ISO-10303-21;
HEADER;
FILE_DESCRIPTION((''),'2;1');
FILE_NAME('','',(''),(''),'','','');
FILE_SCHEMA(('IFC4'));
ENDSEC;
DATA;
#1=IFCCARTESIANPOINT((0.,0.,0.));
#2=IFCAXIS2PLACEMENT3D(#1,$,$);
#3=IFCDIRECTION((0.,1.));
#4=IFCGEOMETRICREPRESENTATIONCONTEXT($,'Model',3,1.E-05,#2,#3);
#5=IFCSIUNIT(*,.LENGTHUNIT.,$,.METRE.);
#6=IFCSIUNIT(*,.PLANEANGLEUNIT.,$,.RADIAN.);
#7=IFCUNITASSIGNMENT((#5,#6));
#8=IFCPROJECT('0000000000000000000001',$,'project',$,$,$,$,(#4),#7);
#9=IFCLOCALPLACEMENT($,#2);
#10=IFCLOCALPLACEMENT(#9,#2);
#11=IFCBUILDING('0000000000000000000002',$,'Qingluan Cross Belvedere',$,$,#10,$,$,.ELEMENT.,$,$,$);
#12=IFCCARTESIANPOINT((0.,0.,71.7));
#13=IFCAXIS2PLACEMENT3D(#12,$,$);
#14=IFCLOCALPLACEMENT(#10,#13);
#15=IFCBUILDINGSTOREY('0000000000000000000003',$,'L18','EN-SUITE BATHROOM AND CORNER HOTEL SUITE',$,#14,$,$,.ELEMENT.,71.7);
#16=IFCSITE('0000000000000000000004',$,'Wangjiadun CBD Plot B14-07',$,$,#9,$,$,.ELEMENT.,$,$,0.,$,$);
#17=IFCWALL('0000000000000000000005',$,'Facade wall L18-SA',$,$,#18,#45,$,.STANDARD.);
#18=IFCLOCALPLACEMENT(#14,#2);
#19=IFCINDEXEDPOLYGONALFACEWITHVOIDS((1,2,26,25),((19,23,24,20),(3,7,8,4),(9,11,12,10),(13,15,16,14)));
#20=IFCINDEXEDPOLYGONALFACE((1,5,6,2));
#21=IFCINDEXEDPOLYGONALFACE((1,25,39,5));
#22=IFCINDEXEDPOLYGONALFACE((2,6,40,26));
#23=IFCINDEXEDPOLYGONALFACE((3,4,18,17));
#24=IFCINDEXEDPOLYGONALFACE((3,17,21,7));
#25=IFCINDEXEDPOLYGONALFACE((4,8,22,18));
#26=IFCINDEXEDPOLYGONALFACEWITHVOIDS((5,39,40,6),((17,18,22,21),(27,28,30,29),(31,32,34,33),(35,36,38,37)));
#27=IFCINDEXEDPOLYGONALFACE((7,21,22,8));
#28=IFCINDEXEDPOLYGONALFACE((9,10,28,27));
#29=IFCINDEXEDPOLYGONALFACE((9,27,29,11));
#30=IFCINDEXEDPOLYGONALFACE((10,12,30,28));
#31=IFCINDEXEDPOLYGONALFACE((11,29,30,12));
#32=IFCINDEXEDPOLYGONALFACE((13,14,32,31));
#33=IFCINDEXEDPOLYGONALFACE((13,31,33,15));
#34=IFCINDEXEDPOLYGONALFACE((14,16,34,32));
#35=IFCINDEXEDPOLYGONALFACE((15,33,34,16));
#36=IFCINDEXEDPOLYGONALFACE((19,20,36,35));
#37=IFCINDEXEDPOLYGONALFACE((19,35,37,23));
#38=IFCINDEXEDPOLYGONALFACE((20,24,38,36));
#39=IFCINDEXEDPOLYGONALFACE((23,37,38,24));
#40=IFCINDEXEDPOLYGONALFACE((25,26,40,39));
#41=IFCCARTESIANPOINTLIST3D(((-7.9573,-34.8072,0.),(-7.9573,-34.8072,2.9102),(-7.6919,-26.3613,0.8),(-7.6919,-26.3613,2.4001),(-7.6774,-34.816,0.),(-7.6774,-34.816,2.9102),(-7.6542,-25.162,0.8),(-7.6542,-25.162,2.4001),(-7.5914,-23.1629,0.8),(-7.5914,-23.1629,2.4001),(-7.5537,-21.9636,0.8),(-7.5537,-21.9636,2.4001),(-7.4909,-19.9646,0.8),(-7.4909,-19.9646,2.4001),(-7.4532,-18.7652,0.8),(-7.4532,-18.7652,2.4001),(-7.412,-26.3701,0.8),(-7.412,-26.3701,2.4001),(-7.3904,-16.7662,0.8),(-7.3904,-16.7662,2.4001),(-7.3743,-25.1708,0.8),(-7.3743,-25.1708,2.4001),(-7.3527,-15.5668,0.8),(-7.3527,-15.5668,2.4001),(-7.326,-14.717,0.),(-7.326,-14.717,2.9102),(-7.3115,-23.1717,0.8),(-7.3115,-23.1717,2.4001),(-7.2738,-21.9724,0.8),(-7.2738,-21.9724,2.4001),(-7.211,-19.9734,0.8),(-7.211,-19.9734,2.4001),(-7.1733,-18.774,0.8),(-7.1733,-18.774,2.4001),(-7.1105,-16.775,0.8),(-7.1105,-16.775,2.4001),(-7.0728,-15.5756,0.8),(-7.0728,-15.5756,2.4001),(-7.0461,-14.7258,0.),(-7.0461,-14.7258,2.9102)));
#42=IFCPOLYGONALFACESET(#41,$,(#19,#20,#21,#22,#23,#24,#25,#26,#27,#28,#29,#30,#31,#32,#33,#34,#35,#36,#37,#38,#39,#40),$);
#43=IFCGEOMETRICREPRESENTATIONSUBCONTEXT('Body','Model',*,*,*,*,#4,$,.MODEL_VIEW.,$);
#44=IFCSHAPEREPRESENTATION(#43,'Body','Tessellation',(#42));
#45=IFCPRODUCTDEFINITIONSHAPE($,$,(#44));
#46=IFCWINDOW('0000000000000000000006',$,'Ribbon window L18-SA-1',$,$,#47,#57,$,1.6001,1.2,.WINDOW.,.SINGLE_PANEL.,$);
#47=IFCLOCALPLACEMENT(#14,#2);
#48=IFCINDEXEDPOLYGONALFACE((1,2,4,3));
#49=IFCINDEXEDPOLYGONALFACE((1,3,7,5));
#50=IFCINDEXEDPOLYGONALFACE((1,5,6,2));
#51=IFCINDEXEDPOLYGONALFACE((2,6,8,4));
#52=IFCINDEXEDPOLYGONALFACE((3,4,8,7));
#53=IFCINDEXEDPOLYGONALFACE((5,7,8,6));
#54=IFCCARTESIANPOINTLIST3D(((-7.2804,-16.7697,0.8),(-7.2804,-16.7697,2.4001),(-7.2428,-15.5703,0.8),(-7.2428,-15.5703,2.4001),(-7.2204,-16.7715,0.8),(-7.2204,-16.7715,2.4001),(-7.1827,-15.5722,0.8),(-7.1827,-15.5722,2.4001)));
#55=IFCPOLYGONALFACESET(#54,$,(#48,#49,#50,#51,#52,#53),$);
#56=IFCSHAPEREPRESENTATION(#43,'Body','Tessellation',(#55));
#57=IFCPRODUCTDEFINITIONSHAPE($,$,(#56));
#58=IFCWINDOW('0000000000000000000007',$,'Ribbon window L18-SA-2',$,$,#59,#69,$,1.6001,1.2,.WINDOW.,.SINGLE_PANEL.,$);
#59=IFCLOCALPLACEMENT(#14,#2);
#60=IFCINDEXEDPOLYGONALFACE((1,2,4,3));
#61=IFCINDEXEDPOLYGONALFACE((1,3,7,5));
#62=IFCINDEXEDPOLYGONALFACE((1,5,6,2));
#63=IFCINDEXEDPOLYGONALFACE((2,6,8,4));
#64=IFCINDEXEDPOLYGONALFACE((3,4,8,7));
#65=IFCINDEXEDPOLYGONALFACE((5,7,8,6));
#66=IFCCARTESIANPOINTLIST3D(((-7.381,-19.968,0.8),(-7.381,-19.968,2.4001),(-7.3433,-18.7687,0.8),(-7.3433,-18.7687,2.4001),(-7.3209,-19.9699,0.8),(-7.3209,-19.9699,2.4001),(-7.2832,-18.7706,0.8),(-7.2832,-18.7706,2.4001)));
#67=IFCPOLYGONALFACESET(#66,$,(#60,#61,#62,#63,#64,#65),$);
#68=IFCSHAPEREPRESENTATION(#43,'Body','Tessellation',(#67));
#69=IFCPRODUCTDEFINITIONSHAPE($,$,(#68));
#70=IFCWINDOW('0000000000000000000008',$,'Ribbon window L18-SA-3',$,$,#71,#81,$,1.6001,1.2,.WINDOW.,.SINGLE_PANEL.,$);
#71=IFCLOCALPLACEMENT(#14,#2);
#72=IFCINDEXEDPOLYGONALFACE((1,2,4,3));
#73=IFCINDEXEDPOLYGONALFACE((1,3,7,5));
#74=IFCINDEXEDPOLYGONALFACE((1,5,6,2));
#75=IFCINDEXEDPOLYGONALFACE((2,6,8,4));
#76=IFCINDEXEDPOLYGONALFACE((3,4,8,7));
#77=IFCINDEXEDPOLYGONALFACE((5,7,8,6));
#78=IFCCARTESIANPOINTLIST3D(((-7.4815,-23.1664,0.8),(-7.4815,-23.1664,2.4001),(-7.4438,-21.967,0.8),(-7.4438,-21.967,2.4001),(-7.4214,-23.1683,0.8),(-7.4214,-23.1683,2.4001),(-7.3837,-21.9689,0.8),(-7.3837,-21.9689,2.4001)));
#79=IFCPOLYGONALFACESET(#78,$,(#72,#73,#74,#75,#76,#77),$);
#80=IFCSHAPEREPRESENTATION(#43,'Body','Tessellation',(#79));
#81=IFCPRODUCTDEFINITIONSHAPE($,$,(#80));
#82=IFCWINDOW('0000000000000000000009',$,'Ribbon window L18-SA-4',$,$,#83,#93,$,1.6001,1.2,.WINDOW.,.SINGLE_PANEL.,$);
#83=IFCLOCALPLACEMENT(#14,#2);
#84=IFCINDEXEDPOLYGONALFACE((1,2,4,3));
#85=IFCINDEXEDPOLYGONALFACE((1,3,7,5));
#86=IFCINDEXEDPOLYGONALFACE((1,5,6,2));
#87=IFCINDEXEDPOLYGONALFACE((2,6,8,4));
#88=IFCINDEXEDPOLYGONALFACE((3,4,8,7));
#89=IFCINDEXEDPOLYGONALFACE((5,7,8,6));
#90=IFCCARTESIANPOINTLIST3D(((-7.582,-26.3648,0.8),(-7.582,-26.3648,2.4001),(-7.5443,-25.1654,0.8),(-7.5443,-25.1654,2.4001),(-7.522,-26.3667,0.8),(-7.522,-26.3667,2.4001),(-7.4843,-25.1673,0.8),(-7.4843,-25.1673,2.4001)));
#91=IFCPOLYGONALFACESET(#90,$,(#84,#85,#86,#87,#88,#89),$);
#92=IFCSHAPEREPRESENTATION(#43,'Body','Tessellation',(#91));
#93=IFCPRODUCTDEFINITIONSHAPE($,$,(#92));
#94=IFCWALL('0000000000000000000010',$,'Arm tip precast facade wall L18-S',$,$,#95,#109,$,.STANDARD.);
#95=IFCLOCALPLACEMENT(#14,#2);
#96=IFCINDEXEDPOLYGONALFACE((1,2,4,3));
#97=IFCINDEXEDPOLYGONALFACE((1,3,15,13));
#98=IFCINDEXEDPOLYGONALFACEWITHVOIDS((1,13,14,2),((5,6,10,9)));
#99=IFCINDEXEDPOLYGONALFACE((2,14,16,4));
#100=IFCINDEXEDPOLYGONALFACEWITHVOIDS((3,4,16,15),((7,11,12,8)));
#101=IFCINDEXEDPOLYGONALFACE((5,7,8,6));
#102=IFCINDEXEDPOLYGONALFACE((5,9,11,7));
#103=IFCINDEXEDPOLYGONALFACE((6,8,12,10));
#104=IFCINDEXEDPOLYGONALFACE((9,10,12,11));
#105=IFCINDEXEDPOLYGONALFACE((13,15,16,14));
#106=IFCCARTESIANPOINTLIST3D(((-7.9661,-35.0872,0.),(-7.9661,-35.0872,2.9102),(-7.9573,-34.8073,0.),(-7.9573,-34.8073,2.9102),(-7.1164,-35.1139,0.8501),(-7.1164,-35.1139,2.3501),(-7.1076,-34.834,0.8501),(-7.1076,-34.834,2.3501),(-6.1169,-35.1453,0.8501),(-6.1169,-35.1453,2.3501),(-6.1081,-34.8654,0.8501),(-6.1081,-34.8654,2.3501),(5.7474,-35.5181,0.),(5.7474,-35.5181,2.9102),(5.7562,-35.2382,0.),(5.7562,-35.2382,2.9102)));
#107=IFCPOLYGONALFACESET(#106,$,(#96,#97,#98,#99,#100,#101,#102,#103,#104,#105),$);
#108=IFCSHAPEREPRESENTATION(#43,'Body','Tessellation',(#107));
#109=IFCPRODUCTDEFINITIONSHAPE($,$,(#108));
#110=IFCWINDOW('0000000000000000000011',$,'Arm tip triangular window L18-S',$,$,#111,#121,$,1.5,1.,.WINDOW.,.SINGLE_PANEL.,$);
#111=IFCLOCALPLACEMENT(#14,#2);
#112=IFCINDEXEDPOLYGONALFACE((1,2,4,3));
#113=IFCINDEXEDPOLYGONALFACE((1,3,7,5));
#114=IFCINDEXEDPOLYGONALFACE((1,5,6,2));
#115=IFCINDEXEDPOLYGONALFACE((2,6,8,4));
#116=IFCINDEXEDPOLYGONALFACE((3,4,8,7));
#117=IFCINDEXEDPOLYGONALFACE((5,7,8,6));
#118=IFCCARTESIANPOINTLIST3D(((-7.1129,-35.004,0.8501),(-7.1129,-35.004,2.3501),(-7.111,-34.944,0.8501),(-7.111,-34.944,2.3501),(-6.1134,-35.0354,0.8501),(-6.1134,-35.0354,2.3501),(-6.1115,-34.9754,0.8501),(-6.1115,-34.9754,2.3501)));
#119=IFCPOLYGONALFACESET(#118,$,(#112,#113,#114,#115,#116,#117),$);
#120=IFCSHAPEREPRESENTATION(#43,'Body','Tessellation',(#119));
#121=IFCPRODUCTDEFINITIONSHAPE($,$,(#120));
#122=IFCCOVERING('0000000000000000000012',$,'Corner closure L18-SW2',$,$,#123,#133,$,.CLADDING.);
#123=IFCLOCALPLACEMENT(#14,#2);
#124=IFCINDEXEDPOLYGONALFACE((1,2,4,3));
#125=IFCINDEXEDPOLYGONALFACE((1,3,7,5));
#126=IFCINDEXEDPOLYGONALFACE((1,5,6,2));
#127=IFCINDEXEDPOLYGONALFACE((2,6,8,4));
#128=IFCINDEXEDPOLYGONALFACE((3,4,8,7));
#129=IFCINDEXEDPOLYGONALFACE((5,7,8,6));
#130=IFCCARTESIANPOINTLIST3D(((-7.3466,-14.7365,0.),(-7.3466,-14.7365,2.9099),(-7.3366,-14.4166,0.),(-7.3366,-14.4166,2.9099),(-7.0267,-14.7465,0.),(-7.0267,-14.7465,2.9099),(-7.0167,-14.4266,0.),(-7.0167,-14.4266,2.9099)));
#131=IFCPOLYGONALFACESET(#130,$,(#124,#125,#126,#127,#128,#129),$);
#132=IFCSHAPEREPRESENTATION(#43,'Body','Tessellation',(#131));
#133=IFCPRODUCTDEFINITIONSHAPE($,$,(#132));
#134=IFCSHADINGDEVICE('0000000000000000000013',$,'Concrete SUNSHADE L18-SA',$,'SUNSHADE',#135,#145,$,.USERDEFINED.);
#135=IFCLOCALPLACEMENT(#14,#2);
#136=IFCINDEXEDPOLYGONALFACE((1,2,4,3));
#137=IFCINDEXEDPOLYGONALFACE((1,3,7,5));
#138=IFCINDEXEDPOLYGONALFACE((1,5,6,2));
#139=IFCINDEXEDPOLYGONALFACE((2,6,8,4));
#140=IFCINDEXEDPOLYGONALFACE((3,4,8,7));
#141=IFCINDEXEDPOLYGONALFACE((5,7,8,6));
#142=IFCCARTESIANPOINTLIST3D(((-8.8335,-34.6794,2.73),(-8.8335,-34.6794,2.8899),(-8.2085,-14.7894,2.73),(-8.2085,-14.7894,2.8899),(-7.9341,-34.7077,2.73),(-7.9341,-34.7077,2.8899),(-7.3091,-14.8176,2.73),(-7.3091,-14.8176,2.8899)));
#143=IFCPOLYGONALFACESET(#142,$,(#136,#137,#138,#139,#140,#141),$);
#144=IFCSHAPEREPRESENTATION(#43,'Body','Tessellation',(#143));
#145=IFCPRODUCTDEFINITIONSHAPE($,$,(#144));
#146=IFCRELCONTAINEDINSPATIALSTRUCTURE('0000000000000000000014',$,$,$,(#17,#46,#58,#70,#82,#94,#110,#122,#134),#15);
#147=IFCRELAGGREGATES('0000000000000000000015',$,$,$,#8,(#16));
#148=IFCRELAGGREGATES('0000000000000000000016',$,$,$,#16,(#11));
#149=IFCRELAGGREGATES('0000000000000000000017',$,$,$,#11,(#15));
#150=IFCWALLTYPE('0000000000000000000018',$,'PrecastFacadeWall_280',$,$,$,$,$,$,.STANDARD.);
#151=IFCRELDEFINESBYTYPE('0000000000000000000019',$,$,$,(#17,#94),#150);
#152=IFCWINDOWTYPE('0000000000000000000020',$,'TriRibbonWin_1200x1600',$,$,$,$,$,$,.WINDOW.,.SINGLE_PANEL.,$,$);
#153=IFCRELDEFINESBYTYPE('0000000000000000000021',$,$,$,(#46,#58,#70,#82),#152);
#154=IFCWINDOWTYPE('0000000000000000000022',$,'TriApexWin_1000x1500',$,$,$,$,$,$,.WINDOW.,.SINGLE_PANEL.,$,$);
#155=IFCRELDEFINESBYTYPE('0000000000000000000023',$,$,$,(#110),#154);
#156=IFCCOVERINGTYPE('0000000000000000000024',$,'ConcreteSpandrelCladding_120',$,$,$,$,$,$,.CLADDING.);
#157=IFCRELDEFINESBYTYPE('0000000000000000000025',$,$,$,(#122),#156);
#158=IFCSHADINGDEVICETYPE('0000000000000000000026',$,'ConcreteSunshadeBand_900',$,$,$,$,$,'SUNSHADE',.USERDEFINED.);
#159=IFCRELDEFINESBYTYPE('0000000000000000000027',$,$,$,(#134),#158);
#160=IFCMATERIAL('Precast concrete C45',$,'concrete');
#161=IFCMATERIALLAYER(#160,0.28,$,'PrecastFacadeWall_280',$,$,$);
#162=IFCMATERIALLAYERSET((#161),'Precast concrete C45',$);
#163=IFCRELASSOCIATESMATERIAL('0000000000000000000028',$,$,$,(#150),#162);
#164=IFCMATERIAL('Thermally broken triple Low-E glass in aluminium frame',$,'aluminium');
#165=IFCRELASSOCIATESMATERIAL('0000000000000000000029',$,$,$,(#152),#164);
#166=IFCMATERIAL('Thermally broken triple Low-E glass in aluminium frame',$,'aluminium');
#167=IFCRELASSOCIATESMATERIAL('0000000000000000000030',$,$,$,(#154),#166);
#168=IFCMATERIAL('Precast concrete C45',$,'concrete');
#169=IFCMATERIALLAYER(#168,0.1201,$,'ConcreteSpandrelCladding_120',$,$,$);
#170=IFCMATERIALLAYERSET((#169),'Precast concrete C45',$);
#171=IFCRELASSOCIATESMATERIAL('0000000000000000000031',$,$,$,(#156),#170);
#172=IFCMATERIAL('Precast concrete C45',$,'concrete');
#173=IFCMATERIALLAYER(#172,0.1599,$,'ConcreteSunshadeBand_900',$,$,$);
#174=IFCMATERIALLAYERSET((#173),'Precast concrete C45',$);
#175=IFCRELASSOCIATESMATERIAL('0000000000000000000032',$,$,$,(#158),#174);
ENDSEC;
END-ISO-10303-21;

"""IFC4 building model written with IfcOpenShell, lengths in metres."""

from ifc_helpers import new_model, si_unit, direction, frame, frame_2d, origin, origin_2d, place, context, subcontext, project, spatial, rectangle, extrude, material, layer, layer_set, type_object, element, fill, save


model = new_model("IFC4")

# Units and contexts
model_context = context("Model", 3, precision=1e-05, world=origin(), true_north=direction((0.0, 1.0)))
body_context = subcontext(model_context, "Body", "Model", "MODEL_VIEW")
ifc_project = project(units=[si_unit("LENGTHUNIT", "METRE"), si_unit("PLANEANGLEUNIT", "RADIAN")], contexts=[model_context])

# Site, building, storey
site_placement = place(None, origin())
site = spatial("IfcSite", under=ifc_project, at=site_placement, Name="Wangjiadun CBD Plot B14-07", CompositionType="ELEMENT", RefElevation=0.0)
building_placement = place(site_placement, origin())
building = spatial("IfcBuilding", under=site, at=building_placement, Name="Qingluan Cross Belvedere", CompositionType="ELEMENT")
storey_placement = place(building_placement, frame((0.0, 0.0, 71.7)))
storey = spatial("IfcBuildingStorey", under=building, at=storey_placement, Name="L18", Description="EN-SUITE BATHROOM AND CORNER HOTEL SUITE", CompositionType="ELEMENT", Elevation=71.7)

# Wall, openings, windows
ifc_material_1 = material(Name="Precast concrete C45", Category="concrete")
ifc_layer_1 = layer(ifc_material_1, 0.28, Name="PrecastFacadeWall_280")
ifc_layer_set_1 = layer_set([ifc_layer_1], Name="Precast concrete C45")
wall_type_1 = type_object("IfcWallType", Name="PrecastFacadeWall_280", PredefinedType="STANDARD", material=ifc_layer_set_1)
wall_1_placement = place(storey_placement, frame((-7.186, -14.7214, 0.0), z_axis=(0.0, 0.0, 1.0), x_axis=(-0.03141, -0.999507, 0.0)))
wall_1 = element("IfcWall", 1, at=wall_1_placement, inside=storey, type_object=wall_type_1, Name="Facade wall L18-SA", PredefinedType="STANDARD", context=body_context, shape_type="SweptSolid", body=[
    extrude(rectangle(XDim=20.1001, YDim=0.28, at=frame_2d((10.05, 0.0))), origin(), (0.0, 0.0, 1.0), 2.9102),
])
opening_1_placement = place(wall_1_placement, frame((0.8501, 0.0, 0.8)))
opening_1 = element("IfcOpeningElement", 2, at=opening_1_placement, cuts=wall_1, PredefinedType="OPENING", context=body_context, shape_type="SweptSolid", body=[
    extrude(rectangle(XDim=1.2, YDim=1.6001, at=frame_2d((0.6001, 0.8))), frame((0.0, 0.1499, 0.0), z_axis=(0.0, -1.0, 0.0), x_axis=(1.0, 0.0, 0.0)), (0.0, 0.0, 1.0), 0.3),
])
opening_2_placement = place(wall_1_placement, frame((4.05, 0.0, 0.8)))
opening_2 = element("IfcOpeningElement", 3, at=opening_2_placement, cuts=wall_1, PredefinedType="OPENING", context=body_context, shape_type="SweptSolid", body=[
    extrude(rectangle(XDim=1.2, YDim=1.6001, at=frame_2d((0.6001, 0.8))), frame((0.0, 0.1499, 0.0), z_axis=(0.0, -1.0, 0.0), x_axis=(1.0, 0.0, 0.0)), (0.0, 0.0, 1.0), 0.3),
])
opening_3_placement = place(wall_1_placement, frame((7.25, 0.0, 0.8)))
opening_3 = element("IfcOpeningElement", 4, at=opening_3_placement, cuts=wall_1, PredefinedType="OPENING", context=body_context, shape_type="SweptSolid", body=[
    extrude(rectangle(XDim=1.2, YDim=1.6001, at=frame_2d((0.6001, 0.8))), frame((0.0, 0.1499, 0.0), z_axis=(0.0, -1.0, 0.0), x_axis=(1.0, 0.0, 0.0)), (0.0, 0.0, 1.0), 0.3),
])
opening_4_placement = place(wall_1_placement, frame((10.45, 0.0, 0.8)))
opening_4 = element("IfcOpeningElement", 5, at=opening_4_placement, cuts=wall_1, PredefinedType="OPENING", context=body_context, shape_type="SweptSolid", body=[
    extrude(rectangle(XDim=1.2, YDim=1.6001, at=frame_2d((0.6001, 0.8))), frame((0.0, 0.1499, 0.0), z_axis=(0.0, -1.0, 0.0), x_axis=(1.0, 0.0, 0.0)), (0.0, 0.0, 1.0), 0.3),
])
ifc_material_2 = material(Name="Thermally broken triple Low-E glass in aluminium frame", Category="aluminium")
window_type_1 = type_object("IfcWindowType", Name="TriRibbonWin_1200x1600", PartitioningType="SINGLE_PANEL", PredefinedType="WINDOW", material=ifc_material_2)
window_1_placement = place(opening_1_placement, origin())
window_1 = element("IfcWindow", 6, at=window_1_placement, inside=storey, type_object=window_type_1, Name="Ribbon window L18-SA-1", OverallHeight=1.6001, OverallWidth=1.2, PartitioningType="SINGLE_PANEL", PredefinedType="WINDOW", context=body_context, shape_type="SweptSolid", body=[
    extrude(rectangle(XDim=1.2, YDim=1.6001, at=frame_2d((0.6001, 0.8))), frame((0.0, 0.03, 0.0), z_axis=(0.0, -1.0, 0.0), x_axis=(1.0, 0.0, 0.0)), (0.0, 0.0, 1.0), 0.0601),
])
fill(opening_1, window_1)
window_2_placement = place(opening_2_placement, origin())
window_2 = element("IfcWindow", 7, at=window_2_placement, inside=storey, type_object=window_type_1, Name="Ribbon window L18-SA-2", OverallHeight=1.6001, OverallWidth=1.2, PartitioningType="SINGLE_PANEL", PredefinedType="WINDOW", context=body_context, shape_type="SweptSolid", body=[
    extrude(rectangle(XDim=1.2, YDim=1.6001, at=frame_2d((0.6001, 0.8))), frame((0.0, 0.03, 0.0), z_axis=(0.0, -1.0, 0.0), x_axis=(1.0, 0.0, 0.0)), (0.0, 0.0, 1.0), 0.0601),
])
fill(opening_2, window_2)
window_3_placement = place(opening_3_placement, origin())
window_3 = element("IfcWindow", 8, at=window_3_placement, inside=storey, type_object=window_type_1, Name="Ribbon window L18-SA-3", OverallHeight=1.6001, OverallWidth=1.2, PartitioningType="SINGLE_PANEL", PredefinedType="WINDOW", context=body_context, shape_type="SweptSolid", body=[
    extrude(rectangle(XDim=1.2, YDim=1.6001, at=frame_2d((0.6001, 0.8))), frame((0.0, 0.03, 0.0), z_axis=(0.0, -1.0, 0.0), x_axis=(1.0, 0.0, 0.0)), (0.0, 0.0, 1.0), 0.0601),
])
fill(opening_3, window_3)
window_4_placement = place(opening_4_placement, origin())
window_4 = element("IfcWindow", 9, at=window_4_placement, inside=storey, type_object=window_type_1, Name="Ribbon window L18-SA-4", OverallHeight=1.6001, OverallWidth=1.2, PartitioningType="SINGLE_PANEL", PredefinedType="WINDOW", context=body_context, shape_type="SweptSolid", body=[
    extrude(rectangle(XDim=1.2, YDim=1.6001, at=frame_2d((0.6001, 0.8))), frame((0.0, 0.03, 0.0), z_axis=(0.0, -1.0, 0.0), x_axis=(1.0, 0.0, 0.0)), (0.0, 0.0, 1.0), 0.0601),
])
fill(opening_4, window_4)

# Wall, opening, window
wall_2_placement = place(storey_placement, frame((-7.9617, -34.9473, 0.0), z_axis=(0.0, 0.0, 1.0), x_axis=(0.999507, -0.031407, 0.0)))
wall_2 = element("IfcWall", 10, at=wall_2_placement, inside=storey, type_object=wall_type_1, Name="Arm tip precast facade wall L18-S", PredefinedType="STANDARD", context=body_context, shape_type="SweptSolid", body=[
    extrude(rectangle(XDim=13.7202, YDim=0.28, at=frame_2d((6.8601, 0.0))), origin(), (0.0, 0.0, 1.0), 2.9102),
])
opening_5_placement = place(wall_2_placement, frame((0.8501, 0.0, 0.8501)))
opening_5 = element("IfcOpeningElement", 11, at=opening_5_placement, cuts=wall_2, PredefinedType="OPENING", context=body_context, shape_type="SweptSolid", body=[
    extrude(rectangle(XDim=1.0, YDim=1.5, at=frame_2d((0.5, 0.75))), frame((0.0, 0.1499, 0.0), z_axis=(0.0, -1.0, 0.0), x_axis=(1.0, 0.0, 0.0)), (0.0, 0.0, 1.0), 0.3),
])
ifc_material_3 = material(Name="Thermally broken triple Low-E glass in aluminium frame", Category="aluminium")
window_type_2 = type_object("IfcWindowType", Name="TriApexWin_1000x1500", PartitioningType="SINGLE_PANEL", PredefinedType="WINDOW", material=ifc_material_3)
window_5_placement = place(opening_5_placement, origin())
window_5 = element("IfcWindow", 12, at=window_5_placement, inside=storey, type_object=window_type_2, Name="Arm tip triangular window L18-S", OverallHeight=1.5, OverallWidth=1.0, PartitioningType="SINGLE_PANEL", PredefinedType="WINDOW", context=body_context, shape_type="SweptSolid", body=[
    extrude(rectangle(XDim=1.0, YDim=1.5, at=frame_2d((0.5, 0.75))), frame((0.0, 0.03, 0.0), z_axis=(0.0, -1.0, 0.0), x_axis=(1.0, 0.0, 0.0)), (0.0, 0.0, 1.0), 0.0601),
])
fill(opening_5, window_5)

# Covering
ifc_material_4 = material(Name="Precast concrete C45", Category="concrete")
ifc_layer_2 = layer(ifc_material_4, 0.1201, Name="ConcreteSpandrelCladding_120")
ifc_layer_set_2 = layer_set([ifc_layer_2], Name="Precast concrete C45")
covering_type = type_object("IfcCoveringType", Name="ConcreteSpandrelCladding_120", PredefinedType="CLADDING", material=ifc_layer_set_2)
covering_placement = place(storey_placement, frame((-7.1816, -14.5815, 0.0), z_axis=(0.0, 0.0, 1.0), x_axis=(0.999507, -0.031411, 0.0)))
element("IfcCovering", 13, at=covering_placement, inside=storey, type_object=covering_type, Name="Corner closure L18-SW2", PredefinedType="CLADDING", context=body_context, shape_type="SweptSolid", body=[
    extrude(rectangle(XDim=0.3201, YDim=0.3201, at=origin_2d()), origin(), (0.0, 0.0, 1.0), 2.9099),
])

# Shading device
ifc_material_5 = material(Name="Precast concrete C45", Category="concrete")
ifc_layer_3 = layer(ifc_material_5, 0.1599, Name="ConcreteSunshadeBand_900")
ifc_layer_set_3 = layer_set([ifc_layer_3], Name="Precast concrete C45")
shading_device_type = type_object("IfcShadingDeviceType", Name="ConcreteSunshadeBand_900", ElementType="SUNSHADE", PredefinedType="USERDEFINED", material=ifc_layer_set_3)
shading_device_placement = place(storey_placement, frame((-8.0713, -24.7485, 2.73), z_axis=(0.0, 0.0, 1.0), x_axis=(-0.031408, -0.999507, 0.0)))
element("IfcShadingDevice", 14, at=shading_device_placement, inside=storey, type_object=shading_device_type, Name="Concrete SUNSHADE L18-SA", ObjectType="SUNSHADE", PredefinedType="USERDEFINED", context=body_context, shape_type="SweptSolid", body=[
    extrude(rectangle(XDim=19.8999, YDim=0.8999, at=origin_2d()), origin(), (0.0, 0.0, 1.0), 0.1599),
])

save(model, "model.ifc")
